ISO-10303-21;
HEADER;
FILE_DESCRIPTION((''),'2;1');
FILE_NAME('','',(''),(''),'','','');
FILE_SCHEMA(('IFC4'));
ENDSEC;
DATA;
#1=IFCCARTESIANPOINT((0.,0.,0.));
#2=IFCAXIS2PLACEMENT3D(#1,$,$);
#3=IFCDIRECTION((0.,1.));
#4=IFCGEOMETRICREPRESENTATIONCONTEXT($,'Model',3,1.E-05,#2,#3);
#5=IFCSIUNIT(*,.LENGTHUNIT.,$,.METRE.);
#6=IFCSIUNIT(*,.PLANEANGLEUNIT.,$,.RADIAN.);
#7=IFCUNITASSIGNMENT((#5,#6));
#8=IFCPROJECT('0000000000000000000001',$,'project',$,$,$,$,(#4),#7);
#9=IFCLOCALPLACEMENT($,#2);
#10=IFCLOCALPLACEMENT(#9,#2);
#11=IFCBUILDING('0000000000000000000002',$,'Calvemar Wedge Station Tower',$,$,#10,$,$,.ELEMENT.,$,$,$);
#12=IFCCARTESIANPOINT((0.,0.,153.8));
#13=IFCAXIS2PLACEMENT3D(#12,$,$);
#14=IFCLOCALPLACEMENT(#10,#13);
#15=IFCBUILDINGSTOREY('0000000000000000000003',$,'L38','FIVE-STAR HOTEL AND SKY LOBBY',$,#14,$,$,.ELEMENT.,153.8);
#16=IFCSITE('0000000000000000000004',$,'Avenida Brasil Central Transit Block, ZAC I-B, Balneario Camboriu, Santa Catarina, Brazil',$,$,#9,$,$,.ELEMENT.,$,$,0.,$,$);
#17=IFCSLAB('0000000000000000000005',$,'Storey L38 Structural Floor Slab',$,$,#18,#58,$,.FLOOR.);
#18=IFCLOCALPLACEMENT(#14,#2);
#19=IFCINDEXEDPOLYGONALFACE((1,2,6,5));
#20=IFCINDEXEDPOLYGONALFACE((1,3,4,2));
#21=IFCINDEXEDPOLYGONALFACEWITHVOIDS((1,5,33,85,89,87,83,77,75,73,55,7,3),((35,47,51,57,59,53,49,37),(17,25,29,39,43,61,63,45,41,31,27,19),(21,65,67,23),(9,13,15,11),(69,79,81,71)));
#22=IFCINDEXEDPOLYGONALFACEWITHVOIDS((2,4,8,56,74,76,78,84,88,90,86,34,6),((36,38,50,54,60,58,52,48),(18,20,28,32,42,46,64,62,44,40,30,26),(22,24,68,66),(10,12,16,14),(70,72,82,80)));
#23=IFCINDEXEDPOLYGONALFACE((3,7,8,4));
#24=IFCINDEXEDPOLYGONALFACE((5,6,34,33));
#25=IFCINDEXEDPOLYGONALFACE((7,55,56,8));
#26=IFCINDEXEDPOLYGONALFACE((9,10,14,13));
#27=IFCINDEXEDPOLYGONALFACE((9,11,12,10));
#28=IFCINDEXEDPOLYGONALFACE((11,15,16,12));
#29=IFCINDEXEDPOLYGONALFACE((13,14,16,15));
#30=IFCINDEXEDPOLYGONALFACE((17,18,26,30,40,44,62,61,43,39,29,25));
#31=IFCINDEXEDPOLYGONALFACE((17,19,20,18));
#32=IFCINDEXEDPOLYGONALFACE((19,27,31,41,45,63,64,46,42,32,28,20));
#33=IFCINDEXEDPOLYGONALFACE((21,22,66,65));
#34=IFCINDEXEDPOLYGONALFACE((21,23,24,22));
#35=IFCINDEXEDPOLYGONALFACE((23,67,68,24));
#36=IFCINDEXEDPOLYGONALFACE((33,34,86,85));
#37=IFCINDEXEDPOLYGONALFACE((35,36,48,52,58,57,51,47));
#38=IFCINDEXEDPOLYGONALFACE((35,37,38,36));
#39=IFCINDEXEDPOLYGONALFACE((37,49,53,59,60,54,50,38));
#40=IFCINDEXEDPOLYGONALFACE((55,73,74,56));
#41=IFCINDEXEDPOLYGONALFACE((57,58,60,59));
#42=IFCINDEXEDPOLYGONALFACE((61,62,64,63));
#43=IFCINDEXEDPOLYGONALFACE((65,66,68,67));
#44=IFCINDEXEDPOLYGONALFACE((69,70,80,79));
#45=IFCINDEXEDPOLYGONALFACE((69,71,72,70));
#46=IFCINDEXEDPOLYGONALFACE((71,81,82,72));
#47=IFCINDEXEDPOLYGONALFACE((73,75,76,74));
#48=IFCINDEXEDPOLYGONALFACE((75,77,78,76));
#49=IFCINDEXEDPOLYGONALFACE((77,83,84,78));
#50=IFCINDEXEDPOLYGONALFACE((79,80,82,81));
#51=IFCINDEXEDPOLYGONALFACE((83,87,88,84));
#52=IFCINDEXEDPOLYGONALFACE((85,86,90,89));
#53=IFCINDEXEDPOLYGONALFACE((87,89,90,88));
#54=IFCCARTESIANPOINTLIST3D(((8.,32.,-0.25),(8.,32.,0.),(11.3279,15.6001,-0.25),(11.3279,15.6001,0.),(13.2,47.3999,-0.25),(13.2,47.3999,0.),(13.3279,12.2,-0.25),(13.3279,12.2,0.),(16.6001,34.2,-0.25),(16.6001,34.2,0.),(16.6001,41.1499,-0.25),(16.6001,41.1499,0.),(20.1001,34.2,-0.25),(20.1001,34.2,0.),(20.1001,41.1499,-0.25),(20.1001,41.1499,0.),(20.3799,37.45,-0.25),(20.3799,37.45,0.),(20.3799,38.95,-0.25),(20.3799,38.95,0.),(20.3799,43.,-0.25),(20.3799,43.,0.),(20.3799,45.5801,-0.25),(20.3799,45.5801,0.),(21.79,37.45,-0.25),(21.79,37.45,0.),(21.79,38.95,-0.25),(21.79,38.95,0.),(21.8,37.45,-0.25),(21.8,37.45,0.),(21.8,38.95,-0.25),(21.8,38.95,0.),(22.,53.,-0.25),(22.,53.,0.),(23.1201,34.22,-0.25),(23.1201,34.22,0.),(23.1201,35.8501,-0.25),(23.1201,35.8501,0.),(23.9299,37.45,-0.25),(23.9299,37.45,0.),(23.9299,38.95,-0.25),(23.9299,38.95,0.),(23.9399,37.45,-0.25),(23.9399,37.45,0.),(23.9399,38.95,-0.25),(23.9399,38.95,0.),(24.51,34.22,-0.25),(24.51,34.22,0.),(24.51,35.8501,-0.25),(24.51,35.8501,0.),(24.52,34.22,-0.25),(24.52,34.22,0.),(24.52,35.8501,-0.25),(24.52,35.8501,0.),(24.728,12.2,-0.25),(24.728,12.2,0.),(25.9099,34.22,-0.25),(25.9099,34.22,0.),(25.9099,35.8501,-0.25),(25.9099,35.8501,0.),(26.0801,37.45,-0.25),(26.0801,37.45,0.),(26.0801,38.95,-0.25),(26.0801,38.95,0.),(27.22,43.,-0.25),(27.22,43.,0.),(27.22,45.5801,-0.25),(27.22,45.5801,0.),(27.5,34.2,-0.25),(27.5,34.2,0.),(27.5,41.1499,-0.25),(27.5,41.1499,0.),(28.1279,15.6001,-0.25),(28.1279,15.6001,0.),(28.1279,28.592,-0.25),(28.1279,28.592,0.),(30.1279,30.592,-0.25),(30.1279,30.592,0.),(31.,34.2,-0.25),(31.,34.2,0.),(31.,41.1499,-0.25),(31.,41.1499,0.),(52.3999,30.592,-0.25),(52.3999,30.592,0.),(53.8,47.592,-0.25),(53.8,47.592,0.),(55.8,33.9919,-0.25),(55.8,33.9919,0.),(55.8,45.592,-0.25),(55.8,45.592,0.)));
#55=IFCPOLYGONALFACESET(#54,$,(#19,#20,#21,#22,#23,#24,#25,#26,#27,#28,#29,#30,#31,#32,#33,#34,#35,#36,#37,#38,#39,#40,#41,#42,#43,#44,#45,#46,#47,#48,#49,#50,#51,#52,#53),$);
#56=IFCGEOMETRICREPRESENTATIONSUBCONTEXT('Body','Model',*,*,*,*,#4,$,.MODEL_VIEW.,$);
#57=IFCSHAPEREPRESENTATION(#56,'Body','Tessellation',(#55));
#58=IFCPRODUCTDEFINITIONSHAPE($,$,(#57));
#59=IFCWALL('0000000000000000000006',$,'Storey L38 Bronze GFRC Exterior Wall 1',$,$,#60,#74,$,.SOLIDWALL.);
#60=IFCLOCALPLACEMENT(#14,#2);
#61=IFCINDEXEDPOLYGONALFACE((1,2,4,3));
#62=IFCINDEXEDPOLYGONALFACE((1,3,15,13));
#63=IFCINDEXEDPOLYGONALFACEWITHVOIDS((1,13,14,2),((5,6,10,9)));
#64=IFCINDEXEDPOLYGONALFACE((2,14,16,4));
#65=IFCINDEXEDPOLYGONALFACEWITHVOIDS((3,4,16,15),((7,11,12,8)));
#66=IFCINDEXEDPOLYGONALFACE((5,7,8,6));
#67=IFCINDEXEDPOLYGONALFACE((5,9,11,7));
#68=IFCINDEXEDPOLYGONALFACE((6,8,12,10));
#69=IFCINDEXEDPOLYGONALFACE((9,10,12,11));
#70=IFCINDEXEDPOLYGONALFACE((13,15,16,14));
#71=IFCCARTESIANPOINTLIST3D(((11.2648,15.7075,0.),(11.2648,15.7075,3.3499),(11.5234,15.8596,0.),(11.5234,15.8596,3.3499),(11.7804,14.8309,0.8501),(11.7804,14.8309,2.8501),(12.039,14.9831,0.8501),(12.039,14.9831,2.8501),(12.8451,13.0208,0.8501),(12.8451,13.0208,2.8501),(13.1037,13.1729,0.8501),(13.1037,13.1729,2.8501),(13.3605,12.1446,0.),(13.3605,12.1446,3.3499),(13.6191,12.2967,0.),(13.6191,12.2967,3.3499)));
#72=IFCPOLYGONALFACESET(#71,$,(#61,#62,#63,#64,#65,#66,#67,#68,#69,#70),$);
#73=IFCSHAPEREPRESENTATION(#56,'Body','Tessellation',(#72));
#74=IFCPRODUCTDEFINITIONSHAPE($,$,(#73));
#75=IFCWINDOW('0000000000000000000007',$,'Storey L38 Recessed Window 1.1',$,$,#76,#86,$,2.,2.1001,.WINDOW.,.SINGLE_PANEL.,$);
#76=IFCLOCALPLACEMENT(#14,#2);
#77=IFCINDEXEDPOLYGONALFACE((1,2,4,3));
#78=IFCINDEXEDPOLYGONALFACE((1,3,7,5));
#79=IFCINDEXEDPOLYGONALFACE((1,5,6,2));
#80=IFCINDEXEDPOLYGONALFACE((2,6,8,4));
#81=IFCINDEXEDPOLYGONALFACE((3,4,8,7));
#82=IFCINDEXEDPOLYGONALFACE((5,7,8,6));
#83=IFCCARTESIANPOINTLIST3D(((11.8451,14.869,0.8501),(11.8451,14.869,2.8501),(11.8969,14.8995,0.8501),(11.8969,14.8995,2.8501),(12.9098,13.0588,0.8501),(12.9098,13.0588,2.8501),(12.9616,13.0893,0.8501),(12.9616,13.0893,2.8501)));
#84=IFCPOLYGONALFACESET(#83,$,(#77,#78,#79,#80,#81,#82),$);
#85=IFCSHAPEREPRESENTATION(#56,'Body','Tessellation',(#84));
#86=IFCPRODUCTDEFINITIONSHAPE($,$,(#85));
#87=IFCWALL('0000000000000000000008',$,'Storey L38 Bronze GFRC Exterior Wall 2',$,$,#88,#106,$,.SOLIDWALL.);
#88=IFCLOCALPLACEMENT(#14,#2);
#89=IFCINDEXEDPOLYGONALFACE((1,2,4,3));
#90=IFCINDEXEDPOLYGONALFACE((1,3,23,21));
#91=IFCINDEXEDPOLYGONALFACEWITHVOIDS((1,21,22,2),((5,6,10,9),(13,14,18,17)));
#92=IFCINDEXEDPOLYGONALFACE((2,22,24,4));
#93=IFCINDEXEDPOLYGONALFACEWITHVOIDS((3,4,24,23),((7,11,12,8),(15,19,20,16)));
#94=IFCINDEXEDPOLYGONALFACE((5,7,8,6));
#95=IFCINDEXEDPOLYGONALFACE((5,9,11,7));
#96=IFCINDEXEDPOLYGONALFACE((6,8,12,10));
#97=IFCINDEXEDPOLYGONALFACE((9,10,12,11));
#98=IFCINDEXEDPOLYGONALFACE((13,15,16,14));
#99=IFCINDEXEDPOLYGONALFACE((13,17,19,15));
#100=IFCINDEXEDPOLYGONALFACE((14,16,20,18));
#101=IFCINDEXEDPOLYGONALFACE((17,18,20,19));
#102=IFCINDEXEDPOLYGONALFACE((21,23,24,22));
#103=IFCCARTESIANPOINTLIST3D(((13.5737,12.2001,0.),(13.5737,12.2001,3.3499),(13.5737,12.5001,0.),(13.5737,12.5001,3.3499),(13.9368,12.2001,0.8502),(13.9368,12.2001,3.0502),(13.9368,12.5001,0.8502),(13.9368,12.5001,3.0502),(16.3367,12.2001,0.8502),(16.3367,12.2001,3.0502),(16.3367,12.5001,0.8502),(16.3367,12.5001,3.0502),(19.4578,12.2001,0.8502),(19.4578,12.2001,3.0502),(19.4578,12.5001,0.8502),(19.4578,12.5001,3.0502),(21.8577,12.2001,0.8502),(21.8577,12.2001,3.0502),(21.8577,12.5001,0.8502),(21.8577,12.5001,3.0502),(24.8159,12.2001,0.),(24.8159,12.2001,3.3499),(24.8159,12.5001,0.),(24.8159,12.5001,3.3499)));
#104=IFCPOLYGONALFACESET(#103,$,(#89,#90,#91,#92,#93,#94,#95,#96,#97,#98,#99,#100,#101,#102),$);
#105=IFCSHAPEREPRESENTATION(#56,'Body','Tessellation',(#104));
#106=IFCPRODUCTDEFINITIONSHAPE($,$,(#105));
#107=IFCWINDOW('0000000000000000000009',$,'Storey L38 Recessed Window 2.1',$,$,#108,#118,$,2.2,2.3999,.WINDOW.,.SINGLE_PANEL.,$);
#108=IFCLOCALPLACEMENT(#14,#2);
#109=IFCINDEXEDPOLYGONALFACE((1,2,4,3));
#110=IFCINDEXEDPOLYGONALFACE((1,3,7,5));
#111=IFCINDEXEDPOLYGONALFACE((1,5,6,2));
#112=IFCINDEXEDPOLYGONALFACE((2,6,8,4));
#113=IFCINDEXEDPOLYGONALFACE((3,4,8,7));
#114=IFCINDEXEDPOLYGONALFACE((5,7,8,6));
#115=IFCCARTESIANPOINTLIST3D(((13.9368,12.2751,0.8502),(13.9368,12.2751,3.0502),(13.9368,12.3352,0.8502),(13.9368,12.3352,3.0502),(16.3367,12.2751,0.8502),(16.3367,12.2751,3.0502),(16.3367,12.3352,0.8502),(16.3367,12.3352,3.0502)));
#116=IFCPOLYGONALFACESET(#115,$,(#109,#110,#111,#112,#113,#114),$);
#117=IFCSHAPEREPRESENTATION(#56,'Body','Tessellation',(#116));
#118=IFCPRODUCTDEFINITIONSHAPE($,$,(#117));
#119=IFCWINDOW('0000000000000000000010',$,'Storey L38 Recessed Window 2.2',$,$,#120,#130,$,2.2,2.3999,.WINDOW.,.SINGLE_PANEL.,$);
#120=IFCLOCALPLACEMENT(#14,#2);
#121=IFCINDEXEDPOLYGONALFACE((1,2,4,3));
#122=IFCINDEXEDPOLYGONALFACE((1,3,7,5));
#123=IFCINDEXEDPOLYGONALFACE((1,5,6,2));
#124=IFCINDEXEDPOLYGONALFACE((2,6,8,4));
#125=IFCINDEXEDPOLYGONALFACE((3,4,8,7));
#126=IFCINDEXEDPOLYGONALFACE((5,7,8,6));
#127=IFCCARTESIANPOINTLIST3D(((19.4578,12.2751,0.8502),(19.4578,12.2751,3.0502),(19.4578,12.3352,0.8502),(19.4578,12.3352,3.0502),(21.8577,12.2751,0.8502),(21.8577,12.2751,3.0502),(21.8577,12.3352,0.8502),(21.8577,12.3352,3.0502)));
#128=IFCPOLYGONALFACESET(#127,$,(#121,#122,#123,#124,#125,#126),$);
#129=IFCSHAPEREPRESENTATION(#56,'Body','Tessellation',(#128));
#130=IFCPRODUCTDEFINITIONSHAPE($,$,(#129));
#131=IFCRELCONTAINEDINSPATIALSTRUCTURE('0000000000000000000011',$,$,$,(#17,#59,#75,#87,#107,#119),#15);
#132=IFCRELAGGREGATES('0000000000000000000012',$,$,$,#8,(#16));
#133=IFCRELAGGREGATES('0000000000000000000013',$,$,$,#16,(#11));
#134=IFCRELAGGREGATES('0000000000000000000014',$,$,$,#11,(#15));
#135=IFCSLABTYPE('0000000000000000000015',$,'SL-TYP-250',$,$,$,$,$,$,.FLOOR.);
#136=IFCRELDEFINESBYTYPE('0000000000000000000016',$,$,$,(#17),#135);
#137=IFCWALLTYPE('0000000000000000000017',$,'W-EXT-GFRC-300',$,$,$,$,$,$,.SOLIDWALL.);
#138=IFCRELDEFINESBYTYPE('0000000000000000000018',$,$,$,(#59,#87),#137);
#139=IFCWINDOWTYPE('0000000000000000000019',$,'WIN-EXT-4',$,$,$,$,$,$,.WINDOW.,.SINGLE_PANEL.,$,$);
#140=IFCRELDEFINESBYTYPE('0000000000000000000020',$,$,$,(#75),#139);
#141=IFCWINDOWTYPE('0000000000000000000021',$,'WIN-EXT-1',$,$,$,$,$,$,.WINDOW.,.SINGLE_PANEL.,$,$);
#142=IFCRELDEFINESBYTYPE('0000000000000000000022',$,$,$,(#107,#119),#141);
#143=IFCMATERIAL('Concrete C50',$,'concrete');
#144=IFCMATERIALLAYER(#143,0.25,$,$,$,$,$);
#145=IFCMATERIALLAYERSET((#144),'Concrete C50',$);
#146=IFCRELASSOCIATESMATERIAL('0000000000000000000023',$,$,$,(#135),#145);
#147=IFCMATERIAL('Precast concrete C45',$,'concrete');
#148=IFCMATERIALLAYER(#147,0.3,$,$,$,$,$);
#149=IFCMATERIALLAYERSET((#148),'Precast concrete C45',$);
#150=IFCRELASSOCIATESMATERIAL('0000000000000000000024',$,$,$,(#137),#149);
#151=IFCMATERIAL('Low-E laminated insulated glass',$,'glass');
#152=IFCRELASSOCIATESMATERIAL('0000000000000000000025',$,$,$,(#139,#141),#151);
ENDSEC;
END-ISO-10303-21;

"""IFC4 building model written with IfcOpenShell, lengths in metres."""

from ifc_helpers import new_model, si_unit, direction, frame, frame_2d, origin, place, context, subcontext, project, spatial, polyline, rectangle, outline, extrude, source, transform, mapped, material, layer, layer_set, type_object, element, fill, save


model = new_model("IFC4")

# Units and contexts
model_context = context("Model", 3, precision=1e-05, world=origin(), true_north=direction((0.0, 1.0)))
body_context = subcontext(model_context, "Body", "Model", "MODEL_VIEW")
ifc_project = project(units=[si_unit("LENGTHUNIT", "METRE"), si_unit("PLANEANGLEUNIT", "RADIAN")], contexts=[model_context])

# Site, building, storey
site_placement = place(None, origin())
site = spatial("IfcSite", under=ifc_project, at=site_placement, Name="Avenida Brasil Central Transit Block, ZAC I-B, Balneario Camboriu, Santa Catarina, Brazil", CompositionType="ELEMENT", RefElevation=0.0)
building_placement = place(site_placement, origin())
building = spatial("IfcBuilding", under=site, at=building_placement, Name="Calvemar Wedge Station Tower", CompositionType="ELEMENT")
storey_placement = place(building_placement, frame((0.0, 0.0, 153.8)))
storey = spatial("IfcBuildingStorey", under=building, at=storey_placement, Name="L38", Description="FIVE-STAR HOTEL AND SKY LOBBY", CompositionType="ELEMENT", Elevation=153.8)

# Shared definitions
ifc_material_1 = material(Name="Concrete C50", Category="concrete")

# Slab
ifc_layer_1 = layer(ifc_material_1, 0.25)
ifc_layer_set_1 = layer_set([ifc_layer_1], Name="Concrete C50")
slab_type_1 = type_object("IfcSlabType", Name="SL-TYP-250", PredefinedType="FLOOR", material=ifc_layer_set_1)
slab_1_placement = place(storey_placement, frame((0.0, 0.0, -0.25)))
element("IfcSlab", 1, at=slab_1_placement, inside=storey, type_object=slab_type_1, Name="Storey L38 Structural Floor Slab", PredefinedType="FLOOR", context=body_context, shape_type="SweptSolid", body=[
    extrude(outline(polyline([(8.0, 32.0), (11.3279, 15.6001), (13.3279, 12.2), (24.728, 12.2), (28.1279, 15.6001), (28.1279, 28.592), (30.1279, 30.592), (52.3999, 30.592), (55.8, 33.9919), (55.8, 45.592), (53.8, 47.592), (22.0, 53.0), (13.2, 47.3999), (8.0, 32.0)]), holes=[polyline([(24.52, 35.8501), (24.51, 35.8501), (23.1201, 35.8501), (23.1201, 34.22), (24.51, 34.22), (24.52, 34.22), (25.9099, 34.22), (25.9099, 35.8501), (24.52, 35.8501)]), polyline([(16.6001, 34.2), (20.1001, 34.2), (20.1001, 41.1499), (16.6001, 41.1499), (16.6001, 34.2)]), polyline([(27.5, 34.2), (31.0, 34.2), (31.0, 41.1499), (27.5, 41.1499), (27.5, 34.2)]), polyline([(21.8, 38.95), (21.79, 38.95), (20.3799, 38.95), (20.3799, 37.45), (21.79, 37.45), (21.8, 37.45), (23.9299, 37.45), (23.9399, 37.45), (26.0801, 37.45), (26.0801, 38.95), (23.9399, 38.95), (23.9299, 38.95), (21.8, 38.95)]), polyline([(27.22, 43.0), (27.22, 45.5801), (20.3799, 45.5801), (20.3799, 43.0), (27.22, 43.0)])]), origin(), (0.0, 0.0, 1.0), 0.25),
])

# Wall, opening, window
ifc_material_2 = material(Name="Precast concrete C45", Category="concrete")
ifc_layer_2 = layer(ifc_material_2, 0.3)
ifc_layer_set_2 = layer_set([ifc_layer_2], Name="Precast concrete C45")
wall_type = type_object("IfcWallType", Name="W-EXT-GFRC-300", PredefinedType="SOLIDWALL", material=ifc_layer_set_2)
wall_1_placement = place(storey_placement, frame((11.394, 15.7837, 0.0), z_axis=(0.0, 0.0, 1.0), x_axis=(0.506989, -0.861952, 0.0)))
wall_1 = element("IfcWall", 2, at=wall_1_placement, inside=storey, type_object=wall_type, Name="Storey L38 Bronze GFRC Exterior Wall 1", PredefinedType="SOLIDWALL", context=body_context, shape_type="SweptSolid", body=[
    extrude(rectangle(XDim=4.1335, YDim=0.3, at=frame_2d((2.0669, 0.0))), origin(), (0.0, 0.0, 1.0), 3.3499),
])
shared_shape_1 = source(origin(), body_context, "Body", "SweptSolid", [
    extrude(rectangle(XDim=2.1001, YDim=2.0, at=frame_2d((1.05, 1.0))), frame((0.0, 0.1602, 0.0), z_axis=(0.0, -1.0, 0.0), x_axis=(1.0, 0.0, 0.0)), (0.0, 0.0, 1.0), 0.3201),
])
opening_1_placement = place(wall_1_placement, frame((1.0171, 0.0, 0.8501)))
opening_1 = element("IfcOpeningElement", 3, at=opening_1_placement, cuts=wall_1, PredefinedType="OPENING", context=body_context, shape_type="MappedRepresentation", body=[
    mapped(shared_shape_1, transform((0.0, 0.0, 0.0), scale=1.0)),
])
ifc_material_3 = material(Name="Low-E laminated insulated glass", Category="glass")
window_type_1 = type_object("IfcWindowType", Name="WIN-EXT-4", PartitioningType="SINGLE_PANEL", PredefinedType="WINDOW", material=ifc_material_3)
shared_shape_2 = source(origin(), body_context, "Body", "SweptSolid", [
    extrude(rectangle(XDim=2.1001, YDim=2.0, at=frame_2d((1.05, 1.0))), frame((0.0, -0.0149, 0.0), z_axis=(0.0, -1.0, 0.0), x_axis=(1.0, 0.0, 0.0)), (0.0, 0.0, 1.0), 0.0601),
])
window_1_placement = place(opening_1_placement, origin())
window_1 = element("IfcWindow", 4, at=window_1_placement, inside=storey, type_object=window_type_1, Name="Storey L38 Recessed Window 1.1", OverallHeight=2.0, OverallWidth=2.1001, PartitioningType="SINGLE_PANEL", PredefinedType="WINDOW", context=body_context, shape_type="MappedRepresentation", body=[
    mapped(shared_shape_2, transform((0.0, 0.0, 0.0), scale=1.0)),
])
fill(opening_1, window_1)

# Wall, openings, windows
wall_2_placement = place(storey_placement, frame((13.5737, 12.3501, 0.0), z_axis=(0.0, 0.0, 1.0), x_axis=(1.0, 0.0, 0.0)))
wall_2 = element("IfcWall", 5, at=wall_2_placement, inside=storey, type_object=wall_type, Name="Storey L38 Bronze GFRC Exterior Wall 2", PredefinedType="SOLIDWALL", context=body_context, shape_type="SweptSolid", body=[
    extrude(rectangle(XDim=11.2422, YDim=0.3, at=frame_2d((5.6211, 0.0))), origin(), (0.0, 0.0, 1.0), 3.3499),
])
shared_shape_3 = source(origin(), body_context, "Body", "SweptSolid", [
    extrude(rectangle(XDim=2.3999, YDim=2.2, at=frame_2d((1.2, 1.1001))), frame((0.0, 0.1602, 0.0), z_axis=(0.0, -1.0, 0.0), x_axis=(1.0, 0.0, 0.0)), (0.0, 0.0, 1.0), 0.3201),
])
opening_2_placement = place(wall_2_placement, frame((0.363, 0.0, 0.8501)))
opening_2 = element("IfcOpeningElement", 6, at=opening_2_placement, cuts=wall_2, PredefinedType="OPENING", context=body_context, shape_type="MappedRepresentation", body=[
    mapped(shared_shape_3, transform((0.0, 0.0, 0.0), scale=1.0)),
])
opening_3_placement = place(wall_2_placement, frame((5.884, 0.0, 0.8501)))
opening_3 = element("IfcOpeningElement", 7, at=opening_3_placement, cuts=wall_2, PredefinedType="OPENING", context=body_context, shape_type="MappedRepresentation", body=[
    mapped(shared_shape_3, transform((0.0, 0.0, 0.0), scale=1.0)),
])
window_type_2 = type_object("IfcWindowType", Name="WIN-EXT-1", PartitioningType="SINGLE_PANEL", PredefinedType="WINDOW", material=ifc_material_3)
shared_shape_4 = source(origin(), body_context, "Body", "SweptSolid", [
    extrude(rectangle(XDim=2.3999, YDim=2.2, at=frame_2d((1.2, 1.1001))), frame((0.0, -0.0149, 0.0), z_axis=(0.0, -1.0, 0.0), x_axis=(1.0, 0.0, 0.0)), (0.0, 0.0, 1.0), 0.0601),
])
window_2_placement = place(opening_2_placement, origin())
window_2 = element("IfcWindow", 8, at=window_2_placement, inside=storey, type_object=window_type_2, Name="Storey L38 Recessed Window 2.1", OverallHeight=2.2, OverallWidth=2.3999, PartitioningType="SINGLE_PANEL", PredefinedType="WINDOW", context=body_context, shape_type="MappedRepresentation", body=[
    mapped(shared_shape_4, transform((0.0, 0.0, 0.0), scale=1.0)),
])
fill(opening_2, window_2)
window_3_placement = place(opening_3_placement, origin())
window_3 = element("IfcWindow", 9, at=window_3_placement, inside=storey, type_object=window_type_2, Name="Storey L38 Recessed Window 2.2", OverallHeight=2.2, OverallWidth=2.3999, PartitioningType="SINGLE_PANEL", PredefinedType="WINDOW", context=body_context, shape_type="MappedRepresentation", body=[
    mapped(shared_shape_4, transform((0.0, 0.0, 0.0), scale=1.0)),
])
fill(opening_3, window_3)

save(model, "model.ifc")
